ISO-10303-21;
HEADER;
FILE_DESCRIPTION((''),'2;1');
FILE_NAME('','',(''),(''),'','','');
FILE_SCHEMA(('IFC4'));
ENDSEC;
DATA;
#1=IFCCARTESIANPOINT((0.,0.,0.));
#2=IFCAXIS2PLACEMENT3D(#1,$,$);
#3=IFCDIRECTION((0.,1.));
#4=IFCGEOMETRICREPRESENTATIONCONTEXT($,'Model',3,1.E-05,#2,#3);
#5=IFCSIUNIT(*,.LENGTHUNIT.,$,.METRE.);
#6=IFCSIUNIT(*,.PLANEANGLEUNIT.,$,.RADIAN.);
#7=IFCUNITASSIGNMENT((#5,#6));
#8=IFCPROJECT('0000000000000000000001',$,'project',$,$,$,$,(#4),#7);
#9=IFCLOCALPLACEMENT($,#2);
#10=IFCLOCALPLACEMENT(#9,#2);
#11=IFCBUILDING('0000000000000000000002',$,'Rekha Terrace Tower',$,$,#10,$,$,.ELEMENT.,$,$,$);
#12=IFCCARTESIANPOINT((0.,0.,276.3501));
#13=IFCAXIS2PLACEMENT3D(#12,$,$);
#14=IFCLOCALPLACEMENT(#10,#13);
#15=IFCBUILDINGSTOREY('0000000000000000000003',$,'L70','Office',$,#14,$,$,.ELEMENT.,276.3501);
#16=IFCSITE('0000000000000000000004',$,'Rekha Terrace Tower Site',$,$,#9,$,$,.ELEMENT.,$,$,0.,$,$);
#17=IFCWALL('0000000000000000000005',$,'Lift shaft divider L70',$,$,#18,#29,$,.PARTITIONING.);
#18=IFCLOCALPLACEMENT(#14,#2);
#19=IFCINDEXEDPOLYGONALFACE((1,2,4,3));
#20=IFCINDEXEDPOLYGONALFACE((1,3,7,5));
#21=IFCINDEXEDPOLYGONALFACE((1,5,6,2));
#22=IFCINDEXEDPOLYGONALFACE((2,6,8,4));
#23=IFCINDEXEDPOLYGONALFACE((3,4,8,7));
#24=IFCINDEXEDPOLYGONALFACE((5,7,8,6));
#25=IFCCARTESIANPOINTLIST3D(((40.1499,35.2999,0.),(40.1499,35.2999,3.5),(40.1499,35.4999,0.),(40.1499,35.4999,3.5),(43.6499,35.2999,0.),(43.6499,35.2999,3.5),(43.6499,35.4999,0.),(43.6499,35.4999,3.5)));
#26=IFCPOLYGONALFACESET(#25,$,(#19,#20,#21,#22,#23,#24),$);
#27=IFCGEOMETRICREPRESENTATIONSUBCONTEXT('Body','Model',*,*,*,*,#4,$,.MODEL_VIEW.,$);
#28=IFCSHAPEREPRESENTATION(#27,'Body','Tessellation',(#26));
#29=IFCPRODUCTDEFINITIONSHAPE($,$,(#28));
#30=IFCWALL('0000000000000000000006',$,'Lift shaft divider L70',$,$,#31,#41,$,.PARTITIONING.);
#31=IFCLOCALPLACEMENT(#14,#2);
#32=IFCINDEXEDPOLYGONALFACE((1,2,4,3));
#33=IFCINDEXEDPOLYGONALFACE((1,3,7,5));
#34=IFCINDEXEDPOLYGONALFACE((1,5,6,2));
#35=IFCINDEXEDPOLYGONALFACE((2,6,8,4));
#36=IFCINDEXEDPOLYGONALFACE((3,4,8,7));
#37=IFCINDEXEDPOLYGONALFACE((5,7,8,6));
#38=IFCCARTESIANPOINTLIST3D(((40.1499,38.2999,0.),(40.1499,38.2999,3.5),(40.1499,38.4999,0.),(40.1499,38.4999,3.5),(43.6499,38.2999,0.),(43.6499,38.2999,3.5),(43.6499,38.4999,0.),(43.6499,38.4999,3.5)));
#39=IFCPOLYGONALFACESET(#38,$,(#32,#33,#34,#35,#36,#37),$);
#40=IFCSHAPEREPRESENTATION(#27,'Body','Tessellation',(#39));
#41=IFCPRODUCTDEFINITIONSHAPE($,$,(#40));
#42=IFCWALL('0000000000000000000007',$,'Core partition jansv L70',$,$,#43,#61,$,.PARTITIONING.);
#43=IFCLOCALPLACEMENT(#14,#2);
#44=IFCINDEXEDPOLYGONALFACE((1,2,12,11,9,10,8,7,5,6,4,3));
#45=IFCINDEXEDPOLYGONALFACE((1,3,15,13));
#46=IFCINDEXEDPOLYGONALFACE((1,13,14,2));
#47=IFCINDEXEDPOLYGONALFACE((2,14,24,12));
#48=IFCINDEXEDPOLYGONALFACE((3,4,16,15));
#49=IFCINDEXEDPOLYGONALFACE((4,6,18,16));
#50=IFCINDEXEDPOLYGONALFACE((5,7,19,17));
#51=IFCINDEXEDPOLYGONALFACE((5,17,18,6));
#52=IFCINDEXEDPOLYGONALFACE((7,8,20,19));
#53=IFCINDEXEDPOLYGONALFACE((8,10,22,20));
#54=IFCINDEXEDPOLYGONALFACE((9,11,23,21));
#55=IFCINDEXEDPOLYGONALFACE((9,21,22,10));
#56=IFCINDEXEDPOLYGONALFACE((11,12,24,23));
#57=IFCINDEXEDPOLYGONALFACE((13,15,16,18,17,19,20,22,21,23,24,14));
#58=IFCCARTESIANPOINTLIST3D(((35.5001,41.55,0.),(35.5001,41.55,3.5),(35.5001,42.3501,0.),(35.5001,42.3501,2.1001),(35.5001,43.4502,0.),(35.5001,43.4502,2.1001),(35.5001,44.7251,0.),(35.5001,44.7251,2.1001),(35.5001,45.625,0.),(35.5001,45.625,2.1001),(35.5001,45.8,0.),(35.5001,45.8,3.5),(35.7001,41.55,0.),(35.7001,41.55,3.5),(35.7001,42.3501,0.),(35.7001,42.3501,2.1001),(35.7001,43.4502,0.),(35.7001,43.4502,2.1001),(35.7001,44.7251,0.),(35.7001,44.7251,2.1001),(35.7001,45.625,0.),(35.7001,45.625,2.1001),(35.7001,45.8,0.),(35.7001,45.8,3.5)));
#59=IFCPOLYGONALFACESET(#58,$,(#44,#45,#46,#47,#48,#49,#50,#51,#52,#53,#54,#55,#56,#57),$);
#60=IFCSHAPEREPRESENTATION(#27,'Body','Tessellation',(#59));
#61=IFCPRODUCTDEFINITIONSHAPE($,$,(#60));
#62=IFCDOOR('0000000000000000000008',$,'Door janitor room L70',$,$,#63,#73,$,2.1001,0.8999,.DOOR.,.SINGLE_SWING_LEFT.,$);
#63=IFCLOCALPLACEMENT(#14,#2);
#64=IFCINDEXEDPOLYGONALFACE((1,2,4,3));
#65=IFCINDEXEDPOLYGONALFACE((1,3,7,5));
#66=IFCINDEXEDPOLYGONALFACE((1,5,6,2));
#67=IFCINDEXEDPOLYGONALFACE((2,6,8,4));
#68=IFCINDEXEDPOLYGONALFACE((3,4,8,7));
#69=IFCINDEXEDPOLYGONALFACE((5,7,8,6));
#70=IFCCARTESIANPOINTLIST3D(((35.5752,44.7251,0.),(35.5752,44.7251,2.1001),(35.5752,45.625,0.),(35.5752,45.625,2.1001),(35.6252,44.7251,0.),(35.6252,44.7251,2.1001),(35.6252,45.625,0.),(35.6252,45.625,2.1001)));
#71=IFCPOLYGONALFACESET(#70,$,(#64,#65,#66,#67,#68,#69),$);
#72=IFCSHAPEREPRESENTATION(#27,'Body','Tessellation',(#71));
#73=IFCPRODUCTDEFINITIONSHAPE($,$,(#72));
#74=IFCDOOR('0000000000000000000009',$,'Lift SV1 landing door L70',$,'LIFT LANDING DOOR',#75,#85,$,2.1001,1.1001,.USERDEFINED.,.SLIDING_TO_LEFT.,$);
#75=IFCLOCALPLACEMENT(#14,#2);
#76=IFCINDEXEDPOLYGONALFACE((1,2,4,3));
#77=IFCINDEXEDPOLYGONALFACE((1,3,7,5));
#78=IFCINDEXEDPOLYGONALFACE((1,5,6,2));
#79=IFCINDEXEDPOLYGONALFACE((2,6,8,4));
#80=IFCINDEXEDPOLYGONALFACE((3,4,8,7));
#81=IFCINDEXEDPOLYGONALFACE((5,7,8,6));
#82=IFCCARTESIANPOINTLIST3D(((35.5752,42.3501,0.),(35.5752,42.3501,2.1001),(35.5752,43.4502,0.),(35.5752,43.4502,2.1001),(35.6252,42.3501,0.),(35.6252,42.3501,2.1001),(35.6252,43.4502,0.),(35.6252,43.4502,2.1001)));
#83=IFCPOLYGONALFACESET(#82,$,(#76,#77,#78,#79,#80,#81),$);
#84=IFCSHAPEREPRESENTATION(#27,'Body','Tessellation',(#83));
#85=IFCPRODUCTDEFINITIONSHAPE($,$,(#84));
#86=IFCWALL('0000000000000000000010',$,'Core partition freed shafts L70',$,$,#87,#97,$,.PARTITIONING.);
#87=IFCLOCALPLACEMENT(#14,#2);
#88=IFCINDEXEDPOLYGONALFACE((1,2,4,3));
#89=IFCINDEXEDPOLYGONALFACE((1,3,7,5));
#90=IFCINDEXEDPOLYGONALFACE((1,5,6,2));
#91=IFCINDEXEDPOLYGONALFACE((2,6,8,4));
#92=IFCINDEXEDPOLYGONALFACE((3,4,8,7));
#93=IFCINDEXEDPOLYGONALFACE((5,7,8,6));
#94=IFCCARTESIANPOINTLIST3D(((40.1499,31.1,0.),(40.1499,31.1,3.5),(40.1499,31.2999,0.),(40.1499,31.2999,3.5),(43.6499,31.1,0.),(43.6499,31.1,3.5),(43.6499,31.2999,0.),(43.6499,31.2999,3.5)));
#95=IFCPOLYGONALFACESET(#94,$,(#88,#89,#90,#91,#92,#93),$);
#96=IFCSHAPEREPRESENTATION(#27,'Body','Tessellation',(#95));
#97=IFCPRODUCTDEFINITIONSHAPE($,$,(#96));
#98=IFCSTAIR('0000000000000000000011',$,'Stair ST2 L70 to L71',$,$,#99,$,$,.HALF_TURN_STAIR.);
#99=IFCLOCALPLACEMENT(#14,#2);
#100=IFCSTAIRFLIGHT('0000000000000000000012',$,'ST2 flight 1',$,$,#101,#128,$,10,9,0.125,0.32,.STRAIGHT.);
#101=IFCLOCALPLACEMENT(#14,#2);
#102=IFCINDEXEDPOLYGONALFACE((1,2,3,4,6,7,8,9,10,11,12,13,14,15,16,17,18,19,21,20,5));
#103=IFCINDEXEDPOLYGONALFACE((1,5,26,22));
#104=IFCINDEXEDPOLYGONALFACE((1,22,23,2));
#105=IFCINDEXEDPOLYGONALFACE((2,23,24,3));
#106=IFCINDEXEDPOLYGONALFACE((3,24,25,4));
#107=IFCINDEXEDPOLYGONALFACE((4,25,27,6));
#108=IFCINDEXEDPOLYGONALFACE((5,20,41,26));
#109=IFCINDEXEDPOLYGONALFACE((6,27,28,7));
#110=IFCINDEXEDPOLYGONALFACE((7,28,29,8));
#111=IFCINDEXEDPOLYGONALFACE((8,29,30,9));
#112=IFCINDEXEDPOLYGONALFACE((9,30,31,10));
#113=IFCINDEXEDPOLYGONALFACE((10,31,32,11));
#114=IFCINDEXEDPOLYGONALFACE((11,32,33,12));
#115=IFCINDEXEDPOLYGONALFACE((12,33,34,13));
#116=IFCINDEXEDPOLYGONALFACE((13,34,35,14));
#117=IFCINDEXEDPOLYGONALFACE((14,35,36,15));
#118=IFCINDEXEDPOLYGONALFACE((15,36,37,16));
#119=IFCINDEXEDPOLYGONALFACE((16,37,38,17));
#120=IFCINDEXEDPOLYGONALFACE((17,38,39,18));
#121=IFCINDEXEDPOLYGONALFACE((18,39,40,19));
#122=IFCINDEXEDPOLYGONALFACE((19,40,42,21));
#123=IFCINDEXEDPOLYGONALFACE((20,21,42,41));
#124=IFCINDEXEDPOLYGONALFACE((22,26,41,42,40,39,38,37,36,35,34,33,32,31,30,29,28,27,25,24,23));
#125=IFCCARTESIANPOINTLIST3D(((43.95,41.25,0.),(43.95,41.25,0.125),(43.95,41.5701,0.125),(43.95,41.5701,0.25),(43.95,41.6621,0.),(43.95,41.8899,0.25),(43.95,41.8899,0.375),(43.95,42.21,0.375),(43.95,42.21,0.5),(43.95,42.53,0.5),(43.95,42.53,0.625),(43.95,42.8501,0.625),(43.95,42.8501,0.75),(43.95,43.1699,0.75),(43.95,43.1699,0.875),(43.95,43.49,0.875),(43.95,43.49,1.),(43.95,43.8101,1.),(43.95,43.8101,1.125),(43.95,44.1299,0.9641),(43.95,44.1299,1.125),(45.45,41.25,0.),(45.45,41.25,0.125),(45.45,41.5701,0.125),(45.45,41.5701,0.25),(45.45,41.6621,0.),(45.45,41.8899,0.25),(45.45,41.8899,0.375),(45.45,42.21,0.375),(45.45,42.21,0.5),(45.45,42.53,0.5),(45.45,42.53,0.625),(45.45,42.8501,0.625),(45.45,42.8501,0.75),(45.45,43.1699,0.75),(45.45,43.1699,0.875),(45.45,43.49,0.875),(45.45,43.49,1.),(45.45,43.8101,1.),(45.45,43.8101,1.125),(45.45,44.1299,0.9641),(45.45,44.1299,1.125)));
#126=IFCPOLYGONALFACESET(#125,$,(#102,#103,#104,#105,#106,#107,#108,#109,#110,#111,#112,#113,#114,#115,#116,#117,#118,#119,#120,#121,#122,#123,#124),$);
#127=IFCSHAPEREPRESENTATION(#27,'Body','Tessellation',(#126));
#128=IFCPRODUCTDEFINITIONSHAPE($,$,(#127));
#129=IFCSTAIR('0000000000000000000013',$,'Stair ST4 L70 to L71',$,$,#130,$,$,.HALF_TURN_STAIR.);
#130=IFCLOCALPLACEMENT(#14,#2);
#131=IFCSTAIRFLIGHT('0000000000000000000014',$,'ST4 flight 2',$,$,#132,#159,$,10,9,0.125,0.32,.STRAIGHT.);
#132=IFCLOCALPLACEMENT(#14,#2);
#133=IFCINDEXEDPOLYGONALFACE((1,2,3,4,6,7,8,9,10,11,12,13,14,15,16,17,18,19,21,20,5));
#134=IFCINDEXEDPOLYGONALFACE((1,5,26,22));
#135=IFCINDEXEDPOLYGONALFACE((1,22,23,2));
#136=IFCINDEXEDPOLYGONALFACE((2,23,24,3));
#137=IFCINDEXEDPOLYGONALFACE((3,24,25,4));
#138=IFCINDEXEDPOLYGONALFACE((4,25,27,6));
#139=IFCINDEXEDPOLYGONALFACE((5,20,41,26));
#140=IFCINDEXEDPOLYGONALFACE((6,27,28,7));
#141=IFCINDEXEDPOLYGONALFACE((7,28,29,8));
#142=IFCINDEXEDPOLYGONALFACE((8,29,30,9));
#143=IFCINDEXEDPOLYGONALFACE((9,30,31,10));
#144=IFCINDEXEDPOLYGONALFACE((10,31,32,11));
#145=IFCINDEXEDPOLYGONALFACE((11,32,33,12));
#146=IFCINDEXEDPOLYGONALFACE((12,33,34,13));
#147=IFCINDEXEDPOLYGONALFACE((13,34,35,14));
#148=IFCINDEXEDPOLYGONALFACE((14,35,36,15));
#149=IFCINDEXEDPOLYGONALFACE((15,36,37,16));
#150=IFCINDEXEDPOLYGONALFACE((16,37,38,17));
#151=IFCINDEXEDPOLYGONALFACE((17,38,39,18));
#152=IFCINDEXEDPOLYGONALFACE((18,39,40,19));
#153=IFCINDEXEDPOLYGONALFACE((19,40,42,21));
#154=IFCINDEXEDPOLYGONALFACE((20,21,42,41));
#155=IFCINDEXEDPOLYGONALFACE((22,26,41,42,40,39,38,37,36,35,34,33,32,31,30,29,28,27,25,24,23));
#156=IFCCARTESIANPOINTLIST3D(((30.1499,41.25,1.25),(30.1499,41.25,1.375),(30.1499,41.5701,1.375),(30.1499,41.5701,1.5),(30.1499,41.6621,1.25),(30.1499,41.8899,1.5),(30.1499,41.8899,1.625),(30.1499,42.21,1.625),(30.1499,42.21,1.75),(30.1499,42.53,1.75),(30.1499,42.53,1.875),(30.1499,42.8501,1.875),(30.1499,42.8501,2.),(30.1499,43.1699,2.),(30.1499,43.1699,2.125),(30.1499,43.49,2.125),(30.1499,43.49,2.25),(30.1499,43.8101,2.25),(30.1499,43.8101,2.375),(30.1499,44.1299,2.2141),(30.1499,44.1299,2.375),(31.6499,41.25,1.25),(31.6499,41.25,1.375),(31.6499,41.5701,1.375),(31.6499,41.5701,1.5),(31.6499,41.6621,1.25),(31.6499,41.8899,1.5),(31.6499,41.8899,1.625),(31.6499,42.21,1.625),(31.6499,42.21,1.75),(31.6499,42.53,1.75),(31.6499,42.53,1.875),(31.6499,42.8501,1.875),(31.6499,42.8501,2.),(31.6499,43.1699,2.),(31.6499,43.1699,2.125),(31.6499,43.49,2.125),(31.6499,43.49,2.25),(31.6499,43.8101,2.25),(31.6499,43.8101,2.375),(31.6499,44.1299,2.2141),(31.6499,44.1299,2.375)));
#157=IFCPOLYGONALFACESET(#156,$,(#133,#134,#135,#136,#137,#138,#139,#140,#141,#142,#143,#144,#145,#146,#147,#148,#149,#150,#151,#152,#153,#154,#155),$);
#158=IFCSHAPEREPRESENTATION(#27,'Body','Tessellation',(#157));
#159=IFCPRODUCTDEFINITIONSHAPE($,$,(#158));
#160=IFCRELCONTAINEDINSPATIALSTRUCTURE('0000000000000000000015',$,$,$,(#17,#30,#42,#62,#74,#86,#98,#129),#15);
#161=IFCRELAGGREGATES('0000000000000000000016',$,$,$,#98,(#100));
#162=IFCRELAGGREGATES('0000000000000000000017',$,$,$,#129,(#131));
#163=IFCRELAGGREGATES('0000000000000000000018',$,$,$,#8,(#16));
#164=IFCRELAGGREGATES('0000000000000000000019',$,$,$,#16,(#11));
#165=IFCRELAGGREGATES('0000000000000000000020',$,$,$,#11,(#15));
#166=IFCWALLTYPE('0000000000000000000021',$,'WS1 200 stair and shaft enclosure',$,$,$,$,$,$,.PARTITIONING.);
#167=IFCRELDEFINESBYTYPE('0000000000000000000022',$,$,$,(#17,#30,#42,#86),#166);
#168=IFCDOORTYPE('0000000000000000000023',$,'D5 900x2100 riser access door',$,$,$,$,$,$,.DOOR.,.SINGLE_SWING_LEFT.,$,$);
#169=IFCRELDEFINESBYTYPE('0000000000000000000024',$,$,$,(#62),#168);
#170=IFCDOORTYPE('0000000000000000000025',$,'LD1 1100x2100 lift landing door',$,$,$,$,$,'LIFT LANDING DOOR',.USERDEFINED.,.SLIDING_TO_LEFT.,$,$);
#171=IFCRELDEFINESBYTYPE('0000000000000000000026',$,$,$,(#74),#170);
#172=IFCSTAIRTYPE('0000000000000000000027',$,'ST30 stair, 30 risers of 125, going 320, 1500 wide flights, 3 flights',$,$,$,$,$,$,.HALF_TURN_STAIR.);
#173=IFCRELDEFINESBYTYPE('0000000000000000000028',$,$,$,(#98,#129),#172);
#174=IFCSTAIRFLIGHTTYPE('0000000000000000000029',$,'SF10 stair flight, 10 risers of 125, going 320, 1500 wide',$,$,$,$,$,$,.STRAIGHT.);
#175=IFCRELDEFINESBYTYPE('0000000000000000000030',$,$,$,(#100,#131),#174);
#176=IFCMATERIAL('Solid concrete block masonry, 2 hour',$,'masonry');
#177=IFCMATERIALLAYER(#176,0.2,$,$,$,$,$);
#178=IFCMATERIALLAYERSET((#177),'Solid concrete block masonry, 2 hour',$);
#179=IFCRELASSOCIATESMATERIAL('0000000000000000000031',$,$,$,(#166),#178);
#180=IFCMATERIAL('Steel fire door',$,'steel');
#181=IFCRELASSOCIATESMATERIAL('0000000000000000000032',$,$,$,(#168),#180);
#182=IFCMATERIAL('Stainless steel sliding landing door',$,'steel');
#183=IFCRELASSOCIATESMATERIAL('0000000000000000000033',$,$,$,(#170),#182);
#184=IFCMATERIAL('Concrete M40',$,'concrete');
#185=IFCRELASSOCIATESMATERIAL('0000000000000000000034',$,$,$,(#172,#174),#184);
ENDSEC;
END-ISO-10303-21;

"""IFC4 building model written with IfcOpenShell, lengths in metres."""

from ifc_helpers import new_model, si_unit, direction, frame, frame_2d, origin, place, context, subcontext, project, spatial, polyline, rectangle, outline, extrude, material, layer, layer_set, type_object, element, fill, aggregate, save


model = new_model("IFC4")

# Units and contexts
model_context = context("Model", 3, precision=1e-05, world=origin(), true_north=direction((0.0, 1.0)))
body_context = subcontext(model_context, "Body", "Model", "MODEL_VIEW")
ifc_project = project(units=[si_unit("LENGTHUNIT", "METRE"), si_unit("PLANEANGLEUNIT", "RADIAN")], contexts=[model_context])

# Site, building, storey
site_placement = place(None, origin())
site = spatial("IfcSite", under=ifc_project, at=site_placement, Name="Rekha Terrace Tower Site", CompositionType="ELEMENT", RefElevation=0.0)
building_placement = place(site_placement, origin())
building = spatial("IfcBuilding", under=site, at=building_placement, Name="Rekha Terrace Tower", CompositionType="ELEMENT")
storey_placement = place(building_placement, frame((0.0, 0.0, 276.3501)))
storey = spatial("IfcBuildingStorey", under=building, at=storey_placement, Name="L70", Description="Office", CompositionType="ELEMENT", Elevation=276.3501)

# Shared definitions
ifc_material_1 = material(Name="Stainless steel sliding landing door", Category="steel")
ifc_material_2 = material(Name="Steel fire door", Category="steel")

# Walls
ifc_material_3 = material(Name="Solid concrete block masonry, 2 hour", Category="masonry")
ifc_layer_1 = layer(ifc_material_3, 0.2)
ifc_layer_set_1 = layer_set([ifc_layer_1], Name="Solid concrete block masonry, 2 hour")
wall_type_1 = type_object("IfcWallType", Name="WS1 200 stair and shaft enclosure", PredefinedType="PARTITIONING", material=ifc_layer_set_1)
for number, where, z_axis, x_axis, name in (
    (1, (40.1499, 35.3999, 0.0), (0.0, 0.0, 1.0), (1.0, 0.0, 0.0), "Lift shaft divider L70"),
    (2, (40.1499, 38.3999, 0.0), (0.0, 0.0, 1.0), (1.0, 0.0, 0.0), "Lift shaft divider L70"),
):
    element("IfcWall", number, at=place(storey_placement, frame(where, z_axis=z_axis, x_axis=x_axis)), inside=storey, type_object=wall_type_1, Name=name, PredefinedType="PARTITIONING", context=body_context, shape_type="SweptSolid", body=[
        extrude(rectangle(XDim=3.5, YDim=0.2, at=frame_2d((1.75, 0.0))), origin(), (0.0, 0.0, 1.0), 3.5),
    ])

# Wall, openings, doors
wall_1_placement = place(storey_placement, frame((35.6001, 41.55, 0.0), z_axis=(0.0, 0.0, 1.0), x_axis=(0.0, 1.0, 0.0)))
wall_1 = element("IfcWall", 3, at=wall_1_placement, inside=storey, type_object=wall_type_1, Name="Core partition jansv L70", PredefinedType="PARTITIONING", context=body_context, shape_type="SweptSolid", body=[
    extrude(rectangle(XDim=4.25, YDim=0.2, at=frame_2d((2.125, 0.0))), origin(), (0.0, 0.0, 1.0), 3.5),
])
opening_1_placement = place(wall_1_placement, frame((3.175, 0.0, 0.0)))
opening_1 = element("IfcOpeningElement", 4, at=opening_1_placement, cuts=wall_1, PredefinedType="OPENING", context=body_context, shape_type="SweptSolid", body=[
    extrude(rectangle(XDim=0.8999, YDim=2.1001, at=frame_2d((0.45, 1.05))), frame((0.0, 0.1099, 0.0), z_axis=(0.0, -1.0, 0.0), x_axis=(1.0, 0.0, 0.0)), (0.0, 0.0, 1.0), 0.22),
])
opening_2_placement = place(wall_1_placement, frame((0.8, 0.0, 0.0)))
opening_2 = element("IfcOpeningElement", 5, at=opening_2_placement, cuts=wall_1, PredefinedType="OPENING", context=body_context, shape_type="SweptSolid", body=[
    extrude(rectangle(XDim=1.1001, YDim=2.1001, at=frame_2d((0.55, 1.05))), frame((0.0, 0.1099, 0.0), z_axis=(0.0, -1.0, 0.0), x_axis=(1.0, 0.0, 0.0)), (0.0, 0.0, 1.0), 0.22),
])
door_type_1 = type_object("IfcDoorType", Name="D5 900x2100 riser access door", OperationType="SINGLE_SWING_LEFT", PredefinedType="DOOR", material=ifc_material_2)
door_1_placement = place(opening_1_placement, origin())
door_1 = element("IfcDoor", 6, at=door_1_placement, inside=storey, type_object=door_type_1, Name="Door janitor room L70", OperationType="SINGLE_SWING_LEFT", OverallHeight=2.1001, OverallWidth=0.8999, PredefinedType="DOOR", context=body_context, shape_type="SweptSolid", body=[
    extrude(rectangle(XDim=0.8999, YDim=2.1001, at=frame_2d((0.45, 1.05))), frame((0.0, 0.0249, 0.0), z_axis=(0.0, -1.0, 0.0), x_axis=(1.0, 0.0, 0.0)), (0.0, 0.0, 1.0), 0.05),
])
fill(opening_1, door_1)
door_type_2 = type_object("IfcDoorType", Name="LD1 1100x2100 lift landing door", ElementType="LIFT LANDING DOOR", OperationType="SLIDING_TO_LEFT", PredefinedType="USERDEFINED", material=ifc_material_1)
door_2_placement = place(opening_2_placement, origin())
door_2 = element("IfcDoor", 7, at=door_2_placement, inside=storey, type_object=door_type_2, Name="Lift SV1 landing door L70", ObjectType="LIFT LANDING DOOR", OperationType="SLIDING_TO_LEFT", OverallHeight=2.1001, OverallWidth=1.1001, PredefinedType="USERDEFINED", context=body_context, shape_type="SweptSolid", body=[
    extrude(rectangle(XDim=1.1001, YDim=2.1001, at=frame_2d((0.55, 1.05))), frame((0.0, 0.0249, 0.0), z_axis=(0.0, -1.0, 0.0), x_axis=(1.0, 0.0, 0.0)), (0.0, 0.0, 1.0), 0.05),
])
fill(opening_2, door_2)

# Wall
wall_2_placement = place(storey_placement, frame((40.1499, 31.2, 0.0), z_axis=(0.0, 0.0, 1.0), x_axis=(1.0, 0.0, 0.0)))
element("IfcWall", 8, at=wall_2_placement, inside=storey, type_object=wall_type_1, Name="Core partition freed shafts L70", PredefinedType="PARTITIONING", context=body_context, shape_type="SweptSolid", body=[
    extrude(rectangle(XDim=3.5, YDim=0.2, at=frame_2d((1.75, 0.0))), origin(), (0.0, 0.0, 1.0), 3.5),
])

# Stairs, stair flights
ifc_material_4 = material(Name="Concrete M40", Category="concrete")
stair_type = type_object("IfcStairType", Name="ST30 stair, 30 risers of 125, going 320, 1500 wide flights, 3 flights", PredefinedType="HALF_TURN_STAIR", material=ifc_material_4)
stair_1_placement = place(storey_placement, origin())
stair_1 = element("IfcStair", 9, at=stair_1_placement, inside=storey, type_object=stair_type, Name="Stair ST2 L70 to L71", PredefinedType="HALF_TURN_STAIR")
stair_flight_type = type_object("IfcStairFlightType", Name="SF10 stair flight, 10 risers of 125, going 320, 1500 wide", PredefinedType="STRAIGHT", material=ifc_material_4)
stair_flight_1_placement = place(storey_placement, frame((44.7, 41.25, 0.0), z_axis=(0.0, 0.0, 1.0), x_axis=(0.0, 1.0, 0.0)))
stair_flight_1 = element("IfcStairFlight", 10, at=stair_flight_1_placement, type_object=stair_flight_type, Name="ST2 flight 1", NumberOfRisers=10, NumberOfTreads=9, PredefinedType="STRAIGHT", RiserHeight=0.125, TreadLength=0.32, context=body_context, shape_type="SweptSolid", body=[
    extrude(outline(polyline([(0.0, 0.0), (0.0, 0.125), (0.3201, 0.125), (0.3201, 0.25), (0.6399, 0.25), (0.6399, 0.375), (0.96, 0.375), (0.96, 0.5), (1.28, 0.5), (1.28, 0.625), (1.6001, 0.625), (1.6001, 0.75), (1.9199, 0.75), (1.9199, 0.875), (2.24, 0.875), (2.24, 1.0), (2.5601, 1.0), (2.5601, 1.125), (2.8799, 1.125), (2.8799, 1.25), (2.8799, 0.9641), (0.4121, 0.0), (0.0, 0.0)])), frame((0.0, 0.75, 0.0), z_axis=(0.0, -1.0, 0.0), x_axis=(1.0, 0.0, 0.0)), (0.0, 0.0, 1.0), 1.5),
])
aggregate(stair_1, [stair_flight_1])
stair_2_placement = place(storey_placement, origin())
stair_2 = element("IfcStair", 11, at=stair_2_placement, inside=storey, type_object=stair_type, Name="Stair ST4 L70 to L71", PredefinedType="HALF_TURN_STAIR")
stair_flight_2_placement = place(storey_placement, frame((30.8999, 41.25, 1.25), z_axis=(0.0, 0.0, 1.0), x_axis=(0.0, 1.0, 0.0)))
stair_flight_2 = element("IfcStairFlight", 12, at=stair_flight_2_placement, type_object=stair_flight_type, Name="ST4 flight 2", NumberOfRisers=10, NumberOfTreads=9, PredefinedType="STRAIGHT", RiserHeight=0.125, TreadLength=0.32, context=body_context, shape_type="SweptSolid", body=[
    extrude(outline(polyline([(0.0, 0.0), (0.0, 0.125), (0.3201, 0.125), (0.3201, 0.25), (0.6399, 0.25), (0.6399, 0.375), (0.96, 0.375), (0.96, 0.5), (1.28, 0.5), (1.28, 0.625), (1.6001, 0.625), (1.6001, 0.75), (1.9199, 0.75), (1.9199, 0.875), (2.24, 0.875), (2.24, 1.0), (2.5601, 1.0), (2.5601, 1.125), (2.8799, 1.125), (2.8799, 1.25), (2.8799, 0.9641), (0.4121, 0.0), (0.0, 0.0)])), frame((0.0, 0.75, 0.0), z_axis=(0.0, -1.0, 0.0), x_axis=(1.0, 0.0, 0.0)), (0.0, 0.0, 1.0), 1.5),
])
aggregate(stair_2, [stair_flight_2])

save(model, "model.ifc")
